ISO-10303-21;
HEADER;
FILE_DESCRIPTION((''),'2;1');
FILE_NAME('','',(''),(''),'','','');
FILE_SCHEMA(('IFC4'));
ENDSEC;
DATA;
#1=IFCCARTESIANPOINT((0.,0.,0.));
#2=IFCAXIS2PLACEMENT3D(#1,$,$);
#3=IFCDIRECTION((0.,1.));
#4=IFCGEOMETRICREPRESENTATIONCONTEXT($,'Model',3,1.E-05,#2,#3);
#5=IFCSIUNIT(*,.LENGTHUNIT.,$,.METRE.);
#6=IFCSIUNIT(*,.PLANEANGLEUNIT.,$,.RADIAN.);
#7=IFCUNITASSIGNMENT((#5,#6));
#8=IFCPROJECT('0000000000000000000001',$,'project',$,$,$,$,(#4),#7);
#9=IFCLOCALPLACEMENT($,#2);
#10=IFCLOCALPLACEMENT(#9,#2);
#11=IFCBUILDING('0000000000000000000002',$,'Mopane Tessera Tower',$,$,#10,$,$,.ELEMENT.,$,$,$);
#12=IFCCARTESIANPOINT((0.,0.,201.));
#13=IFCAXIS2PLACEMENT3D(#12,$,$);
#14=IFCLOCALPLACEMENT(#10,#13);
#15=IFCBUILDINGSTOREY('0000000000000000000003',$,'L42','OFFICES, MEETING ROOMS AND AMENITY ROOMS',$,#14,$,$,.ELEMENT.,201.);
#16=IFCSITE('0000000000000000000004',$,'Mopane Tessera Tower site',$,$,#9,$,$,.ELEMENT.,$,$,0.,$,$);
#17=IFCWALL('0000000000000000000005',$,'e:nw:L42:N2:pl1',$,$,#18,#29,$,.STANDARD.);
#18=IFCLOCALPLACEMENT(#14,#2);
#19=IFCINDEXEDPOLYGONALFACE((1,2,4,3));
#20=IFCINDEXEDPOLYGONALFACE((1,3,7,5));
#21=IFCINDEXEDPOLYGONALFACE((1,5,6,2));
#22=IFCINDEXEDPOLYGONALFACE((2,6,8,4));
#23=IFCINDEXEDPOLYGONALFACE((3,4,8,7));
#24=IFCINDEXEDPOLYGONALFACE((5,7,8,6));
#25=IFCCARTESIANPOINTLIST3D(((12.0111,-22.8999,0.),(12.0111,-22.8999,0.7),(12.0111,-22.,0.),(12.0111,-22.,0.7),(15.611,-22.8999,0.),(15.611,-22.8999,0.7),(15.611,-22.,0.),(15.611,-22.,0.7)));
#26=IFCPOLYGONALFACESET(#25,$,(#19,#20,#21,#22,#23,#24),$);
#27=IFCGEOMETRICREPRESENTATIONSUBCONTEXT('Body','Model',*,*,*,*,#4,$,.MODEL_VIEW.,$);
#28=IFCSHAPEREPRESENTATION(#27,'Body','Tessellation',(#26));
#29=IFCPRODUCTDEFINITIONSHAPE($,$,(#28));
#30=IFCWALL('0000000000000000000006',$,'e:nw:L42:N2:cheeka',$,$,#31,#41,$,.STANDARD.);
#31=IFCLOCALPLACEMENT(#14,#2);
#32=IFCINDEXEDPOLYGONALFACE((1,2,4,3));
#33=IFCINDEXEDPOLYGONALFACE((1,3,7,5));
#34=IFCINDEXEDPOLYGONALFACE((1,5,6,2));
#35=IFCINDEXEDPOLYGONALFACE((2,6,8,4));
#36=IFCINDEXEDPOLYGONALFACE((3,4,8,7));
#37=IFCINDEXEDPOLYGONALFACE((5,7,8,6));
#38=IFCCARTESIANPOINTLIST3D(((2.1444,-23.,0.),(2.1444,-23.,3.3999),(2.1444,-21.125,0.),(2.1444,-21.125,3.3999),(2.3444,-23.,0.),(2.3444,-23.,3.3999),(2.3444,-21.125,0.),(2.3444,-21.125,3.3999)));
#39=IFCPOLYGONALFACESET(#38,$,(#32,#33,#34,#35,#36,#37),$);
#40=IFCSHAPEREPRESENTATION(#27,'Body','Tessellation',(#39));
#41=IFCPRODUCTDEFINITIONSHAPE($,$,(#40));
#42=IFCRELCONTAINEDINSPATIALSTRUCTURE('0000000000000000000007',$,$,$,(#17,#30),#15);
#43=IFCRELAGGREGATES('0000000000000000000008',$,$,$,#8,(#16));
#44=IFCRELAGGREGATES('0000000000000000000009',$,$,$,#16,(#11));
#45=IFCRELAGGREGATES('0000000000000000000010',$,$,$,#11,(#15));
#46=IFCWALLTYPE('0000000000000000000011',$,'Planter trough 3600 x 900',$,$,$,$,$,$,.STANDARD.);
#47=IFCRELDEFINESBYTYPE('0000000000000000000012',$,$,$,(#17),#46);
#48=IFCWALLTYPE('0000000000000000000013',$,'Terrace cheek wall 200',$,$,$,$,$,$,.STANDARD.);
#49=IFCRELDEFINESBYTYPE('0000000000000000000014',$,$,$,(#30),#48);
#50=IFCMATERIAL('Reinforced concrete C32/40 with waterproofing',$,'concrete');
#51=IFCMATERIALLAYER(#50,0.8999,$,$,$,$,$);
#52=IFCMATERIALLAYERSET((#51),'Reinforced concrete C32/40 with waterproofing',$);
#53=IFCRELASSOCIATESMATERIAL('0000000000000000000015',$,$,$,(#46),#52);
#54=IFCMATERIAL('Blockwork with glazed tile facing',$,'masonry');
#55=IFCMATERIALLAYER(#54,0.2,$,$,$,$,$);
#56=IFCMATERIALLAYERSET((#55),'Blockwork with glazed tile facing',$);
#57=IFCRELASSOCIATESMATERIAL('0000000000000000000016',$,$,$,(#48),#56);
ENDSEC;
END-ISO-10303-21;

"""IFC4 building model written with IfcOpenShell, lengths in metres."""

from ifc_helpers import new_model, si_unit, direction, frame, frame_2d, origin, place, context, subcontext, project, spatial, rectangle, extrude, material, layer, layer_set, type_object, element, save


model = new_model("IFC4")

# Units and contexts
model_context = context("Model", 3, precision=1e-05, world=origin(), true_north=direction((0.0, 1.0)))
body_context = subcontext(model_context, "Body", "Model", "MODEL_VIEW")
ifc_project = project(units=[si_unit("LENGTHUNIT", "METRE"), si_unit("PLANEANGLEUNIT", "RADIAN")], contexts=[model_context])

# Site, building, storey
site_placement = place(None, origin())
site = spatial("IfcSite", under=ifc_project, at=site_placement, Name="Mopane Tessera Tower site", CompositionType="ELEMENT", RefElevation=0.0)
building_placement = place(site_placement, origin())
building = spatial("IfcBuilding", under=site, at=building_placement, Name="Mopane Tessera Tower", CompositionType="ELEMENT")
storey_placement = place(building_placement, frame((0.0, 0.0, 201.0)))
storey = spatial("IfcBuildingStorey", under=building, at=storey_placement, Name="L42", Description="OFFICES, MEETING ROOMS AND AMENITY ROOMS", CompositionType="ELEMENT", Elevation=201.0)

# Walls
ifc_material_1 = material(Name="Reinforced concrete C32/40 with waterproofing", Category="concrete")
ifc_layer_1 = layer(ifc_material_1, 0.8999)
ifc_layer_set_1 = layer_set([ifc_layer_1], Name="Reinforced concrete C32/40 with waterproofing")
wall_type_1 = type_object("IfcWallType", Name="Planter trough 3600 x 900", PredefinedType="STANDARD", material=ifc_layer_set_1)
for number, where, z_axis, x_axis, name in (
    (1, (12.0112, -22.45, 0.0), (0.0, 0.0, 1.0), (1.0, 0.0, 0.0), "e:nw:L42:N2:pl1"),
):
    element("IfcWall", number, at=place(storey_placement, frame(where, z_axis=z_axis, x_axis=x_axis)), inside=storey, type_object=wall_type_1, Name=name, PredefinedType="STANDARD", context=body_context, shape_type="SweptSolid", body=[
        extrude(rectangle(XDim=3.5999, YDim=0.8999, at=frame_2d((1.7998, 0.0))), origin(), (0.0, 0.0, 1.0), 0.7),
    ])
ifc_material_2 = material(Name="Blockwork with glazed tile facing", Category="masonry")
ifc_layer_2 = layer(ifc_material_2, 0.2)
ifc_layer_set_2 = layer_set([ifc_layer_2], Name="Blockwork with glazed tile facing")
wall_type_2 = type_object("IfcWallType", Name="Terrace cheek wall 200", PredefinedType="STANDARD", material=ifc_layer_set_2)
wall_1_placement = place(storey_placement, frame((2.2444, -23.0, 0.0), z_axis=(0.0, 0.0, 1.0), x_axis=(0.0, 1.0, 0.0)))
element("IfcWall", 2, at=wall_1_placement, inside=storey, type_object=wall_type_2, Name="e:nw:L42:N2:cheeka", PredefinedType="STANDARD", context=body_context, shape_type="SweptSolid", body=[
    extrude(rectangle(XDim=1.875, YDim=0.2, at=frame_2d((0.9375, 0.0))), origin(), (0.0, 0.0, 1.0), 3.3999),
])

save(model, "model.ifc")
